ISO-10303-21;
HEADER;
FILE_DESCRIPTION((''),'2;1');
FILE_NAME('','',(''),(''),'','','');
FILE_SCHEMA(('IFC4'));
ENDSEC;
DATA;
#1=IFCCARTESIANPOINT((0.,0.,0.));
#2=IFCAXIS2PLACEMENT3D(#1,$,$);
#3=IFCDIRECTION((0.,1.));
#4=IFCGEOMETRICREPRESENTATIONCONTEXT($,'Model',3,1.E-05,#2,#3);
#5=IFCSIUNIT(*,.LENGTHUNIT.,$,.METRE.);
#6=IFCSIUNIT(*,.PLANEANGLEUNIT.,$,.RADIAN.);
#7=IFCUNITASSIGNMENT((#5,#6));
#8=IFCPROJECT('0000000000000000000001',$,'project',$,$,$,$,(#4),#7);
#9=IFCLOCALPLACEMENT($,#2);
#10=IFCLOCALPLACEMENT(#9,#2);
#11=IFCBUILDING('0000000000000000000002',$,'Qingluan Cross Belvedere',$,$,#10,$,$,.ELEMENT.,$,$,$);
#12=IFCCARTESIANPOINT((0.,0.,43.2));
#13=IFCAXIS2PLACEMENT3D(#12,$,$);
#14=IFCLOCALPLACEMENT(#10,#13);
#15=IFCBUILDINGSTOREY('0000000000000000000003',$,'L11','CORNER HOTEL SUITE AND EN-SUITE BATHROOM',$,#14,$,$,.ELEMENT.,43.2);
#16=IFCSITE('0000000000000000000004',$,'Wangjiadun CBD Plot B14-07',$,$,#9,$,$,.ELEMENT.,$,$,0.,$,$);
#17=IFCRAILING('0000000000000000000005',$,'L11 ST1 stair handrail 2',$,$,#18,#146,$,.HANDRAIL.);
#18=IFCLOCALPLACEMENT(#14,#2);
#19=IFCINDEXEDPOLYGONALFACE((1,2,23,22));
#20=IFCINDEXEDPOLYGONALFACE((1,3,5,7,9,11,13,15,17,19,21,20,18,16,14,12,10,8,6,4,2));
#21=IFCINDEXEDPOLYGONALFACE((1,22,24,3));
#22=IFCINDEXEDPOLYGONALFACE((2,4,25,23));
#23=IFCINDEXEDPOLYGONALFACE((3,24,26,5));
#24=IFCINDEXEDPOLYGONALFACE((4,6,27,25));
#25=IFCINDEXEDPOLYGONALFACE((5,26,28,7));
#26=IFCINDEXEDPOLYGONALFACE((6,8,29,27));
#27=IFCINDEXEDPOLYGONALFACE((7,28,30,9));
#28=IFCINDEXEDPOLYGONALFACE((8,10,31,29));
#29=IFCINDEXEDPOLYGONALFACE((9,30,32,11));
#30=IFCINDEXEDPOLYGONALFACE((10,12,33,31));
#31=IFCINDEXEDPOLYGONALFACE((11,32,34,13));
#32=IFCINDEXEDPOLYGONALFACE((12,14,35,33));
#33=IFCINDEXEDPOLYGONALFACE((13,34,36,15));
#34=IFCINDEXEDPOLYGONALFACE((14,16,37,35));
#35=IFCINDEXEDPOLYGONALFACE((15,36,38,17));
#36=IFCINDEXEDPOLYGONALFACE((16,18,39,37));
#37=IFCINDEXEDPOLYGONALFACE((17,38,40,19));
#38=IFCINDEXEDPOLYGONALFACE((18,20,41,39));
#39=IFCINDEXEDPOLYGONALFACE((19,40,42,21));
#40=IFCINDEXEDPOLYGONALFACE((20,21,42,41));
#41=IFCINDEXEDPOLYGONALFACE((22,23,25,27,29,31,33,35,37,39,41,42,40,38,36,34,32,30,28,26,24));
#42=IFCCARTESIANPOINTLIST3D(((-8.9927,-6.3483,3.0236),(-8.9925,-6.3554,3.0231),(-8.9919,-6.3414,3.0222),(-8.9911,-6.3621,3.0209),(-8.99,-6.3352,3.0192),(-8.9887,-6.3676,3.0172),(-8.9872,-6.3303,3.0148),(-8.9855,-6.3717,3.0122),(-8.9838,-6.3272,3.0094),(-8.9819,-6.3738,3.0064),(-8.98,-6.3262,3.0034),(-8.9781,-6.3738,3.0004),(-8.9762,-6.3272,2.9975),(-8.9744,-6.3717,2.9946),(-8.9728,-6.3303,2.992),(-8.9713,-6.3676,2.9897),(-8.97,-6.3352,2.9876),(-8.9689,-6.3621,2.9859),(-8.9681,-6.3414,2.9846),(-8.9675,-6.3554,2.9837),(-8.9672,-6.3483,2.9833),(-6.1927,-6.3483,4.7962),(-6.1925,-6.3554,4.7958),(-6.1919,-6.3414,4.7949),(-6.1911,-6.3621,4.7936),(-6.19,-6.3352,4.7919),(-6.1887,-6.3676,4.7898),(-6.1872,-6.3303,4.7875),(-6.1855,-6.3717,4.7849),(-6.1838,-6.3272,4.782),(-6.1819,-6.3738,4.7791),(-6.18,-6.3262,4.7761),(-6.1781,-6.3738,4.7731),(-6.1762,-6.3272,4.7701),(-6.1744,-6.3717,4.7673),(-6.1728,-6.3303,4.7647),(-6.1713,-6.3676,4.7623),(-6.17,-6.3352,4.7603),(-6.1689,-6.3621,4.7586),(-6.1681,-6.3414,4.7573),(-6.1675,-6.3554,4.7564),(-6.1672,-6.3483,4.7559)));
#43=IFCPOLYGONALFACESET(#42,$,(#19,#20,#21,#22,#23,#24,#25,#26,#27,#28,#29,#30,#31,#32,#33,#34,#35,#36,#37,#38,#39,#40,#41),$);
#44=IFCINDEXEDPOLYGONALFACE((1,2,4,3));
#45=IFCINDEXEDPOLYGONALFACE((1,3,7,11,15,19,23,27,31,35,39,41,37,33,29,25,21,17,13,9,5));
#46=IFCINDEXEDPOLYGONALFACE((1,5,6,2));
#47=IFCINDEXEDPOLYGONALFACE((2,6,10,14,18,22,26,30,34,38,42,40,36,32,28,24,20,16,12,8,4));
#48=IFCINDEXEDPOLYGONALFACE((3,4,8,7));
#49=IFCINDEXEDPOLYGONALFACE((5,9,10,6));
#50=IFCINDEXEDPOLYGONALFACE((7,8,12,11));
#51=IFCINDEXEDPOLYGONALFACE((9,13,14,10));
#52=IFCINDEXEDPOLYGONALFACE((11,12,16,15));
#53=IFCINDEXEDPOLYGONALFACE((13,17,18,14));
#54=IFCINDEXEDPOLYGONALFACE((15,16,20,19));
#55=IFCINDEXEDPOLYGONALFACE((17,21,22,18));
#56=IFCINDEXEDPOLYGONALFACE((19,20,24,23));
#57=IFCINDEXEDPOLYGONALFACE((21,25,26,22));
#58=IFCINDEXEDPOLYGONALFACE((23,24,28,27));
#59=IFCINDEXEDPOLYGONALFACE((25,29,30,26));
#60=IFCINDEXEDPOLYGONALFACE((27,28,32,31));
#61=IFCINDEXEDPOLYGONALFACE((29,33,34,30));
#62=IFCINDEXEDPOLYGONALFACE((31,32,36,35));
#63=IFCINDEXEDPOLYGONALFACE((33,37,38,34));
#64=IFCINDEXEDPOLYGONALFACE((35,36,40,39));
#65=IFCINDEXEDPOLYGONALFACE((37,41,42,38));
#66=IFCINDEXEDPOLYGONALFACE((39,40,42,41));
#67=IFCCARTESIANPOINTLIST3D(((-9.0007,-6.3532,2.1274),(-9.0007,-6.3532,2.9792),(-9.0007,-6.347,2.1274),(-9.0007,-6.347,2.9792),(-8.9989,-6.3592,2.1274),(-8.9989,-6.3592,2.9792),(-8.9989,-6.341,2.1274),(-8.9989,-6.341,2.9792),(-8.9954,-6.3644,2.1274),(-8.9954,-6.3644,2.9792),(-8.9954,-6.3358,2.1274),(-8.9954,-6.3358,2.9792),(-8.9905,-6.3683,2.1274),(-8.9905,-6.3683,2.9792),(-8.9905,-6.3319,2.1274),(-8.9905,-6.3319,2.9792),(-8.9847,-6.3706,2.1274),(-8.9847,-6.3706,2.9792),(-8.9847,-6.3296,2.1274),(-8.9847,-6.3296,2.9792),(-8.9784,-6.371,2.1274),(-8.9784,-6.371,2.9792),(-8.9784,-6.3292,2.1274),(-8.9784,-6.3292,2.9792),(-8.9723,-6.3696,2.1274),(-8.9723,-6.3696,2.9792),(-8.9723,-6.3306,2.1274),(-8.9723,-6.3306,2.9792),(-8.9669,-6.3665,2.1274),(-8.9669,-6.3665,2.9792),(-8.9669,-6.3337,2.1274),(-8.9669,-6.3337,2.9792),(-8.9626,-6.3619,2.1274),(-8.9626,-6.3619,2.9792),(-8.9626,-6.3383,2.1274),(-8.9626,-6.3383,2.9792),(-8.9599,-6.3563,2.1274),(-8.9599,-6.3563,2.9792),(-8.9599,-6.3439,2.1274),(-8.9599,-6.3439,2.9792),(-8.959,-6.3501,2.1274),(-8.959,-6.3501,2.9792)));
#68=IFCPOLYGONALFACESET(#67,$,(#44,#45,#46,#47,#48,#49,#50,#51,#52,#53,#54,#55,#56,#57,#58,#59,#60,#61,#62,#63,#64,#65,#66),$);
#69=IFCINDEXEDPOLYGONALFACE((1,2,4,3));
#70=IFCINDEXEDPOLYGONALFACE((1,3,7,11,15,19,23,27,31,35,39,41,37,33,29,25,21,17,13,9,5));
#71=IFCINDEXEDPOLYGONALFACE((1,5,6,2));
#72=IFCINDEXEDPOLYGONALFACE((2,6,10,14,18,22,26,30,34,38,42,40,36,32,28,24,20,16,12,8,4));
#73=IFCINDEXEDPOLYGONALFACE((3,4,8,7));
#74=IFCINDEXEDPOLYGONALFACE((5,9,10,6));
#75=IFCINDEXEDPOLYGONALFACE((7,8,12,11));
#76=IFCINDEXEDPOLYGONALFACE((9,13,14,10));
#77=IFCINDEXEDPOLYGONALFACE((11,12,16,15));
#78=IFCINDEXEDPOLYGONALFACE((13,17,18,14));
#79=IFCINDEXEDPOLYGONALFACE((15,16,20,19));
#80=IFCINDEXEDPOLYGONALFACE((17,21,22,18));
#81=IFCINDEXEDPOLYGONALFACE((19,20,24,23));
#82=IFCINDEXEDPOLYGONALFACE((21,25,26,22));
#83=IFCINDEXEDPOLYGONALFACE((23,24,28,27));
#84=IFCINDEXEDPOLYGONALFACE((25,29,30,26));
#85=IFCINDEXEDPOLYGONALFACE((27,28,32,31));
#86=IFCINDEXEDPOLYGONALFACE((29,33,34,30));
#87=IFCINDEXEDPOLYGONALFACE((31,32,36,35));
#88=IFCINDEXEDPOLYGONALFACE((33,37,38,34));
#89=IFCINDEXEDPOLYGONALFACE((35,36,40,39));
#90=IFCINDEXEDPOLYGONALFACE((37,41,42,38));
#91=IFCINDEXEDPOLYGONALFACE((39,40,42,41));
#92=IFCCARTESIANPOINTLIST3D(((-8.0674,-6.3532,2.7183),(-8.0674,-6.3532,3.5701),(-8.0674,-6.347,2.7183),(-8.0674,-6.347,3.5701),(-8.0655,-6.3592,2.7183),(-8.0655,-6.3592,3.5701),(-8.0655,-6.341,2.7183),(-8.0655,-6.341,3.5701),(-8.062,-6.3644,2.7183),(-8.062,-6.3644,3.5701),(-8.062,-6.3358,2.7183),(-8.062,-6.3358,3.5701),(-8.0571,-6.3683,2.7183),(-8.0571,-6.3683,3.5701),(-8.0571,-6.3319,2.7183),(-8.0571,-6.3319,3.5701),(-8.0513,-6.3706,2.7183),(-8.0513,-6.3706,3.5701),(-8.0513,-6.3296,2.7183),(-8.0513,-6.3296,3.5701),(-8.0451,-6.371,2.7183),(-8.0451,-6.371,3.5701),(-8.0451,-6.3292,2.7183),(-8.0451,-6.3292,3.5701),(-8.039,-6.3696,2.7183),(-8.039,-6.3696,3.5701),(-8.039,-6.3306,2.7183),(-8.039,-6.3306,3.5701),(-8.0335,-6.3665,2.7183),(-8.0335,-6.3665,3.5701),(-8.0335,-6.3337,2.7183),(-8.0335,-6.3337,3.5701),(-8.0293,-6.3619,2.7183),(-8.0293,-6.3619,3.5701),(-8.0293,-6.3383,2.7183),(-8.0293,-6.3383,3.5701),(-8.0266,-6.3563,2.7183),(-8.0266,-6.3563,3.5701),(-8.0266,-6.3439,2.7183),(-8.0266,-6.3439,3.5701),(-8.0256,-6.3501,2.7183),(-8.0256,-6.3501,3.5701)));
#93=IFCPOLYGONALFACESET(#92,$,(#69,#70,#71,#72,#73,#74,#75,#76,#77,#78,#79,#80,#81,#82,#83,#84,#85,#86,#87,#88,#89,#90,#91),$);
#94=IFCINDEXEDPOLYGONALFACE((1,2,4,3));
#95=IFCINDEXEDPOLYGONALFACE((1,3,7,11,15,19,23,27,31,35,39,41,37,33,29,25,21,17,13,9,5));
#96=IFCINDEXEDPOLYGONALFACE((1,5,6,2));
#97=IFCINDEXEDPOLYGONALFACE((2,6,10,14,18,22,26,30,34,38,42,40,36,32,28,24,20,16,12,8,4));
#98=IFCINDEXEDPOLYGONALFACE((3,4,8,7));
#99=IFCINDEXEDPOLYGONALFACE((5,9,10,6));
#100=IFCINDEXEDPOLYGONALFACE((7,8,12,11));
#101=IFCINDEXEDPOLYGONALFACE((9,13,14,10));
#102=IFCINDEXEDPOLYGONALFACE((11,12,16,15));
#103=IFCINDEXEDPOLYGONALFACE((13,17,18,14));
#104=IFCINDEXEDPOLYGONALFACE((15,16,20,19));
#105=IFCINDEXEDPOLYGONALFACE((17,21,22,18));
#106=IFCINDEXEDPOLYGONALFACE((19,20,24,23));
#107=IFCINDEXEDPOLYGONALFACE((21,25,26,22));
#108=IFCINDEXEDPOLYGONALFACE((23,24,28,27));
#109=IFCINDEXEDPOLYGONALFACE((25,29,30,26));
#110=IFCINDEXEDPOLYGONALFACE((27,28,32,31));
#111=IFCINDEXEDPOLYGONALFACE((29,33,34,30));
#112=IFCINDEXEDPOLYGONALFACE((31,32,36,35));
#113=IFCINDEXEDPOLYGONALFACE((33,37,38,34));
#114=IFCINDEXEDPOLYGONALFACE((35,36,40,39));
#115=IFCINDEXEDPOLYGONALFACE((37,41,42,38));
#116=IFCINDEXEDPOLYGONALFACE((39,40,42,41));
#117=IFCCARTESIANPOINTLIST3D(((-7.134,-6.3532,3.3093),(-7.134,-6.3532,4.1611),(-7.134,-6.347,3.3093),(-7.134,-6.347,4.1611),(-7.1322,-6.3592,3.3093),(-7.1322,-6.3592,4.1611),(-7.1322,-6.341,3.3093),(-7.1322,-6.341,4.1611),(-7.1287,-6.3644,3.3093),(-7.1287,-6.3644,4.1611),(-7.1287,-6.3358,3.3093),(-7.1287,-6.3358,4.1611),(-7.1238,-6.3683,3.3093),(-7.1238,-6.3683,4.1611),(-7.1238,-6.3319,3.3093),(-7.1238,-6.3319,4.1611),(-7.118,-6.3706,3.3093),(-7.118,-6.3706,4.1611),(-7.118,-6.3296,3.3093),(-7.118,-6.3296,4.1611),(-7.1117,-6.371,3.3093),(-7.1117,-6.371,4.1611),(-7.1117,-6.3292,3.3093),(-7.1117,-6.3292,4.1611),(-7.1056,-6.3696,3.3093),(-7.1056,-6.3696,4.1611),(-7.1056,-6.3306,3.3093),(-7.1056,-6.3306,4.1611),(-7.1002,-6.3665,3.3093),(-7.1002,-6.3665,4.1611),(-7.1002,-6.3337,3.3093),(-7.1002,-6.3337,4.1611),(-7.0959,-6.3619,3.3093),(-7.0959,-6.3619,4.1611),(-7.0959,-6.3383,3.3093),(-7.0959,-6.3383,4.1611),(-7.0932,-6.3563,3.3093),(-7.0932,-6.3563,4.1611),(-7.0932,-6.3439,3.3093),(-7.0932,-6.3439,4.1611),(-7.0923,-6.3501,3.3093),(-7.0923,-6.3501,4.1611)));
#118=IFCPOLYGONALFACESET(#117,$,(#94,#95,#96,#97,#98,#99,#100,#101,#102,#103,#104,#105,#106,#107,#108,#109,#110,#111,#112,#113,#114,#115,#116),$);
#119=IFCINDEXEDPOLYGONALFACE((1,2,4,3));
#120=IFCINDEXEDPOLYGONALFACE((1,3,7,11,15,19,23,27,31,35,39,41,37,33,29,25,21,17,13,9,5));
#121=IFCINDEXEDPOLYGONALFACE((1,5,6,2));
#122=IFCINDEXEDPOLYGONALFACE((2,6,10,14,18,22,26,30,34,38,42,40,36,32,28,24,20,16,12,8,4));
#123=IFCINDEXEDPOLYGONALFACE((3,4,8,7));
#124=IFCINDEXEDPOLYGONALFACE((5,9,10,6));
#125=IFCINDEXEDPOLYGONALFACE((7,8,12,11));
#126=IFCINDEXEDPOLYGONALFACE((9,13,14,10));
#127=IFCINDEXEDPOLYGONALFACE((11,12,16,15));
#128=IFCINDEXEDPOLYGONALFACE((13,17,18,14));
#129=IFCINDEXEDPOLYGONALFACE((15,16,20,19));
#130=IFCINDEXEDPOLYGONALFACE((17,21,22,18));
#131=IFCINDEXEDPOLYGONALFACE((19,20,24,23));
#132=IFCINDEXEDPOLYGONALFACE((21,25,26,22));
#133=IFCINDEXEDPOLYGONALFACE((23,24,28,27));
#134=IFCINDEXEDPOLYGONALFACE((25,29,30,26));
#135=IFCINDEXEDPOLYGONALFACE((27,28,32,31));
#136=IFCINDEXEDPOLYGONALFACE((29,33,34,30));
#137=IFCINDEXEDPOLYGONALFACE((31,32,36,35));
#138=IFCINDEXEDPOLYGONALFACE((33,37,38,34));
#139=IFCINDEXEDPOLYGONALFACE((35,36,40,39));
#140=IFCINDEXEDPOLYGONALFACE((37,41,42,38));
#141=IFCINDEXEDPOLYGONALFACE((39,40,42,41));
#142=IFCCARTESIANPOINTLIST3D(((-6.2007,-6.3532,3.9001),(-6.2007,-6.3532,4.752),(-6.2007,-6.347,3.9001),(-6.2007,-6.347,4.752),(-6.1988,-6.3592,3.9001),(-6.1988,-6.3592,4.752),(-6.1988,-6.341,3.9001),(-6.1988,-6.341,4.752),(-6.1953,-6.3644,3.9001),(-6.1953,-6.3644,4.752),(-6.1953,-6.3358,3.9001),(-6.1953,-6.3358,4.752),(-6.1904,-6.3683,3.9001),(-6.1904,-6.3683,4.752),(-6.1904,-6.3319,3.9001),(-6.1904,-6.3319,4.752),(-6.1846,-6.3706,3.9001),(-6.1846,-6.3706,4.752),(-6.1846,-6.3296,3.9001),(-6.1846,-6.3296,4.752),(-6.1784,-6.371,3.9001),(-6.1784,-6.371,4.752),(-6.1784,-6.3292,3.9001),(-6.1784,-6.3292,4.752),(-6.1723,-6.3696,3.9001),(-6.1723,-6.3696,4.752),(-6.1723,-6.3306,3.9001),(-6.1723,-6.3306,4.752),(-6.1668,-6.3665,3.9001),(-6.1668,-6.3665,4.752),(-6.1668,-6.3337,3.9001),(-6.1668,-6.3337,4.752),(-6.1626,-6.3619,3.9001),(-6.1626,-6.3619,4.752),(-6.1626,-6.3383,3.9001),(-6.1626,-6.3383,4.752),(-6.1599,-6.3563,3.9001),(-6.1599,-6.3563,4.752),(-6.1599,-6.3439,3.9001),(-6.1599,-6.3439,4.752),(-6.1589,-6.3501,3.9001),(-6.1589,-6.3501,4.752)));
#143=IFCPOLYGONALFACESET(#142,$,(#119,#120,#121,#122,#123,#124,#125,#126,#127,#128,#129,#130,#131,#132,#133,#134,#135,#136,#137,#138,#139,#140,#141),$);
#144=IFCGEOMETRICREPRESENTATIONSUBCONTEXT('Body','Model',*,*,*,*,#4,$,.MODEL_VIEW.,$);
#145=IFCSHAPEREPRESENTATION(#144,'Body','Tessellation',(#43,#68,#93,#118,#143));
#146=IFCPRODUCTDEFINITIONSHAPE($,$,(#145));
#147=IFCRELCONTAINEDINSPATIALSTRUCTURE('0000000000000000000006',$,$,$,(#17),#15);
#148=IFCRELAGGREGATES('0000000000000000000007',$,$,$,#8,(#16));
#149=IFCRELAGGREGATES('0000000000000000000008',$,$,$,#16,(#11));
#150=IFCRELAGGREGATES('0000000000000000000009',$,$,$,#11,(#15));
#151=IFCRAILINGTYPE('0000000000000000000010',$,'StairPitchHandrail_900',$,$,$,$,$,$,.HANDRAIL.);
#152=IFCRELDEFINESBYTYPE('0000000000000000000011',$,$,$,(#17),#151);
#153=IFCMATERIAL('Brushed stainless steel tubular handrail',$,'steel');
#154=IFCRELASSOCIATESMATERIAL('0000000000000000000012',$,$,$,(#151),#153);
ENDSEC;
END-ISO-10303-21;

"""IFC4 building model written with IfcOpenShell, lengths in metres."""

from ifc_helpers import new_model, si_unit, direction, frame, origin, origin_2d, place, context, subcontext, project, spatial, circle, extrude, material, type_object, element, save


model = new_model("IFC4")

# Units and contexts
model_context = context("Model", 3, precision=1e-05, world=origin(), true_north=direction((0.0, 1.0)))
body_context = subcontext(model_context, "Body", "Model", "MODEL_VIEW")
ifc_project = project(units=[si_unit("LENGTHUNIT", "METRE"), si_unit("PLANEANGLEUNIT", "RADIAN")], contexts=[model_context])

# Site, building, storey
site_placement = place(None, origin())
site = spatial("IfcSite", under=ifc_project, at=site_placement, Name="Wangjiadun CBD Plot B14-07", CompositionType="ELEMENT", RefElevation=0.0)
building_placement = place(site_placement, origin())
building = spatial("IfcBuilding", under=site, at=building_placement, Name="Qingluan Cross Belvedere", CompositionType="ELEMENT")
storey_placement = place(building_placement, frame((0.0, 0.0, 43.2)))
storey = spatial("IfcBuildingStorey", under=building, at=storey_placement, Name="L11", Description="CORNER HOTEL SUITE AND EN-SUITE BATHROOM", CompositionType="ELEMENT", Elevation=43.2)

# Railing
ifc_material_1 = material(Name="Brushed stainless steel tubular handrail", Category="steel")
railing_type_1 = type_object("IfcRailingType", Name="StairPitchHandrail_900", PredefinedType="HANDRAIL", material=ifc_material_1)
railing_1_placement = place(storey_placement, frame((-8.98, -6.3501, 2.1274)))
element("IfcRailing", 1, at=railing_1_placement, inside=storey, type_object=railing_type_1, Name="L11 ST1 stair handrail 2", PredefinedType="HANDRAIL", context=body_context, shape_type="SweptSolid", body=[
    extrude(circle(Radius=0.0239, at=origin_2d()), frame((0.0, 0.0, 0.876), z_axis=(0.844909, 0.0, 0.53491), x_axis=(0.0, 1.0, 0.0)), (0.0, 0.0, 1.0), 3.314),
    extrude(circle(Radius=0.021, at=origin_2d()), origin(), (0.0, 0.0, 1.0), 0.8518),
    extrude(circle(Radius=0.021, at=origin_2d()), frame((0.9333, 0.0, 0.5908)), (0.0, 0.0, 1.0), 0.8518),
    extrude(circle(Radius=0.021, at=origin_2d()), frame((1.8667, 0.0, 1.1819)), (0.0, 0.0, 1.0), 0.8518),
    extrude(circle(Radius=0.021, at=origin_2d()), frame((2.8, 0.0, 1.7727)), (0.0, 0.0, 1.0), 0.8518),
])

save(model, "model.ifc")
